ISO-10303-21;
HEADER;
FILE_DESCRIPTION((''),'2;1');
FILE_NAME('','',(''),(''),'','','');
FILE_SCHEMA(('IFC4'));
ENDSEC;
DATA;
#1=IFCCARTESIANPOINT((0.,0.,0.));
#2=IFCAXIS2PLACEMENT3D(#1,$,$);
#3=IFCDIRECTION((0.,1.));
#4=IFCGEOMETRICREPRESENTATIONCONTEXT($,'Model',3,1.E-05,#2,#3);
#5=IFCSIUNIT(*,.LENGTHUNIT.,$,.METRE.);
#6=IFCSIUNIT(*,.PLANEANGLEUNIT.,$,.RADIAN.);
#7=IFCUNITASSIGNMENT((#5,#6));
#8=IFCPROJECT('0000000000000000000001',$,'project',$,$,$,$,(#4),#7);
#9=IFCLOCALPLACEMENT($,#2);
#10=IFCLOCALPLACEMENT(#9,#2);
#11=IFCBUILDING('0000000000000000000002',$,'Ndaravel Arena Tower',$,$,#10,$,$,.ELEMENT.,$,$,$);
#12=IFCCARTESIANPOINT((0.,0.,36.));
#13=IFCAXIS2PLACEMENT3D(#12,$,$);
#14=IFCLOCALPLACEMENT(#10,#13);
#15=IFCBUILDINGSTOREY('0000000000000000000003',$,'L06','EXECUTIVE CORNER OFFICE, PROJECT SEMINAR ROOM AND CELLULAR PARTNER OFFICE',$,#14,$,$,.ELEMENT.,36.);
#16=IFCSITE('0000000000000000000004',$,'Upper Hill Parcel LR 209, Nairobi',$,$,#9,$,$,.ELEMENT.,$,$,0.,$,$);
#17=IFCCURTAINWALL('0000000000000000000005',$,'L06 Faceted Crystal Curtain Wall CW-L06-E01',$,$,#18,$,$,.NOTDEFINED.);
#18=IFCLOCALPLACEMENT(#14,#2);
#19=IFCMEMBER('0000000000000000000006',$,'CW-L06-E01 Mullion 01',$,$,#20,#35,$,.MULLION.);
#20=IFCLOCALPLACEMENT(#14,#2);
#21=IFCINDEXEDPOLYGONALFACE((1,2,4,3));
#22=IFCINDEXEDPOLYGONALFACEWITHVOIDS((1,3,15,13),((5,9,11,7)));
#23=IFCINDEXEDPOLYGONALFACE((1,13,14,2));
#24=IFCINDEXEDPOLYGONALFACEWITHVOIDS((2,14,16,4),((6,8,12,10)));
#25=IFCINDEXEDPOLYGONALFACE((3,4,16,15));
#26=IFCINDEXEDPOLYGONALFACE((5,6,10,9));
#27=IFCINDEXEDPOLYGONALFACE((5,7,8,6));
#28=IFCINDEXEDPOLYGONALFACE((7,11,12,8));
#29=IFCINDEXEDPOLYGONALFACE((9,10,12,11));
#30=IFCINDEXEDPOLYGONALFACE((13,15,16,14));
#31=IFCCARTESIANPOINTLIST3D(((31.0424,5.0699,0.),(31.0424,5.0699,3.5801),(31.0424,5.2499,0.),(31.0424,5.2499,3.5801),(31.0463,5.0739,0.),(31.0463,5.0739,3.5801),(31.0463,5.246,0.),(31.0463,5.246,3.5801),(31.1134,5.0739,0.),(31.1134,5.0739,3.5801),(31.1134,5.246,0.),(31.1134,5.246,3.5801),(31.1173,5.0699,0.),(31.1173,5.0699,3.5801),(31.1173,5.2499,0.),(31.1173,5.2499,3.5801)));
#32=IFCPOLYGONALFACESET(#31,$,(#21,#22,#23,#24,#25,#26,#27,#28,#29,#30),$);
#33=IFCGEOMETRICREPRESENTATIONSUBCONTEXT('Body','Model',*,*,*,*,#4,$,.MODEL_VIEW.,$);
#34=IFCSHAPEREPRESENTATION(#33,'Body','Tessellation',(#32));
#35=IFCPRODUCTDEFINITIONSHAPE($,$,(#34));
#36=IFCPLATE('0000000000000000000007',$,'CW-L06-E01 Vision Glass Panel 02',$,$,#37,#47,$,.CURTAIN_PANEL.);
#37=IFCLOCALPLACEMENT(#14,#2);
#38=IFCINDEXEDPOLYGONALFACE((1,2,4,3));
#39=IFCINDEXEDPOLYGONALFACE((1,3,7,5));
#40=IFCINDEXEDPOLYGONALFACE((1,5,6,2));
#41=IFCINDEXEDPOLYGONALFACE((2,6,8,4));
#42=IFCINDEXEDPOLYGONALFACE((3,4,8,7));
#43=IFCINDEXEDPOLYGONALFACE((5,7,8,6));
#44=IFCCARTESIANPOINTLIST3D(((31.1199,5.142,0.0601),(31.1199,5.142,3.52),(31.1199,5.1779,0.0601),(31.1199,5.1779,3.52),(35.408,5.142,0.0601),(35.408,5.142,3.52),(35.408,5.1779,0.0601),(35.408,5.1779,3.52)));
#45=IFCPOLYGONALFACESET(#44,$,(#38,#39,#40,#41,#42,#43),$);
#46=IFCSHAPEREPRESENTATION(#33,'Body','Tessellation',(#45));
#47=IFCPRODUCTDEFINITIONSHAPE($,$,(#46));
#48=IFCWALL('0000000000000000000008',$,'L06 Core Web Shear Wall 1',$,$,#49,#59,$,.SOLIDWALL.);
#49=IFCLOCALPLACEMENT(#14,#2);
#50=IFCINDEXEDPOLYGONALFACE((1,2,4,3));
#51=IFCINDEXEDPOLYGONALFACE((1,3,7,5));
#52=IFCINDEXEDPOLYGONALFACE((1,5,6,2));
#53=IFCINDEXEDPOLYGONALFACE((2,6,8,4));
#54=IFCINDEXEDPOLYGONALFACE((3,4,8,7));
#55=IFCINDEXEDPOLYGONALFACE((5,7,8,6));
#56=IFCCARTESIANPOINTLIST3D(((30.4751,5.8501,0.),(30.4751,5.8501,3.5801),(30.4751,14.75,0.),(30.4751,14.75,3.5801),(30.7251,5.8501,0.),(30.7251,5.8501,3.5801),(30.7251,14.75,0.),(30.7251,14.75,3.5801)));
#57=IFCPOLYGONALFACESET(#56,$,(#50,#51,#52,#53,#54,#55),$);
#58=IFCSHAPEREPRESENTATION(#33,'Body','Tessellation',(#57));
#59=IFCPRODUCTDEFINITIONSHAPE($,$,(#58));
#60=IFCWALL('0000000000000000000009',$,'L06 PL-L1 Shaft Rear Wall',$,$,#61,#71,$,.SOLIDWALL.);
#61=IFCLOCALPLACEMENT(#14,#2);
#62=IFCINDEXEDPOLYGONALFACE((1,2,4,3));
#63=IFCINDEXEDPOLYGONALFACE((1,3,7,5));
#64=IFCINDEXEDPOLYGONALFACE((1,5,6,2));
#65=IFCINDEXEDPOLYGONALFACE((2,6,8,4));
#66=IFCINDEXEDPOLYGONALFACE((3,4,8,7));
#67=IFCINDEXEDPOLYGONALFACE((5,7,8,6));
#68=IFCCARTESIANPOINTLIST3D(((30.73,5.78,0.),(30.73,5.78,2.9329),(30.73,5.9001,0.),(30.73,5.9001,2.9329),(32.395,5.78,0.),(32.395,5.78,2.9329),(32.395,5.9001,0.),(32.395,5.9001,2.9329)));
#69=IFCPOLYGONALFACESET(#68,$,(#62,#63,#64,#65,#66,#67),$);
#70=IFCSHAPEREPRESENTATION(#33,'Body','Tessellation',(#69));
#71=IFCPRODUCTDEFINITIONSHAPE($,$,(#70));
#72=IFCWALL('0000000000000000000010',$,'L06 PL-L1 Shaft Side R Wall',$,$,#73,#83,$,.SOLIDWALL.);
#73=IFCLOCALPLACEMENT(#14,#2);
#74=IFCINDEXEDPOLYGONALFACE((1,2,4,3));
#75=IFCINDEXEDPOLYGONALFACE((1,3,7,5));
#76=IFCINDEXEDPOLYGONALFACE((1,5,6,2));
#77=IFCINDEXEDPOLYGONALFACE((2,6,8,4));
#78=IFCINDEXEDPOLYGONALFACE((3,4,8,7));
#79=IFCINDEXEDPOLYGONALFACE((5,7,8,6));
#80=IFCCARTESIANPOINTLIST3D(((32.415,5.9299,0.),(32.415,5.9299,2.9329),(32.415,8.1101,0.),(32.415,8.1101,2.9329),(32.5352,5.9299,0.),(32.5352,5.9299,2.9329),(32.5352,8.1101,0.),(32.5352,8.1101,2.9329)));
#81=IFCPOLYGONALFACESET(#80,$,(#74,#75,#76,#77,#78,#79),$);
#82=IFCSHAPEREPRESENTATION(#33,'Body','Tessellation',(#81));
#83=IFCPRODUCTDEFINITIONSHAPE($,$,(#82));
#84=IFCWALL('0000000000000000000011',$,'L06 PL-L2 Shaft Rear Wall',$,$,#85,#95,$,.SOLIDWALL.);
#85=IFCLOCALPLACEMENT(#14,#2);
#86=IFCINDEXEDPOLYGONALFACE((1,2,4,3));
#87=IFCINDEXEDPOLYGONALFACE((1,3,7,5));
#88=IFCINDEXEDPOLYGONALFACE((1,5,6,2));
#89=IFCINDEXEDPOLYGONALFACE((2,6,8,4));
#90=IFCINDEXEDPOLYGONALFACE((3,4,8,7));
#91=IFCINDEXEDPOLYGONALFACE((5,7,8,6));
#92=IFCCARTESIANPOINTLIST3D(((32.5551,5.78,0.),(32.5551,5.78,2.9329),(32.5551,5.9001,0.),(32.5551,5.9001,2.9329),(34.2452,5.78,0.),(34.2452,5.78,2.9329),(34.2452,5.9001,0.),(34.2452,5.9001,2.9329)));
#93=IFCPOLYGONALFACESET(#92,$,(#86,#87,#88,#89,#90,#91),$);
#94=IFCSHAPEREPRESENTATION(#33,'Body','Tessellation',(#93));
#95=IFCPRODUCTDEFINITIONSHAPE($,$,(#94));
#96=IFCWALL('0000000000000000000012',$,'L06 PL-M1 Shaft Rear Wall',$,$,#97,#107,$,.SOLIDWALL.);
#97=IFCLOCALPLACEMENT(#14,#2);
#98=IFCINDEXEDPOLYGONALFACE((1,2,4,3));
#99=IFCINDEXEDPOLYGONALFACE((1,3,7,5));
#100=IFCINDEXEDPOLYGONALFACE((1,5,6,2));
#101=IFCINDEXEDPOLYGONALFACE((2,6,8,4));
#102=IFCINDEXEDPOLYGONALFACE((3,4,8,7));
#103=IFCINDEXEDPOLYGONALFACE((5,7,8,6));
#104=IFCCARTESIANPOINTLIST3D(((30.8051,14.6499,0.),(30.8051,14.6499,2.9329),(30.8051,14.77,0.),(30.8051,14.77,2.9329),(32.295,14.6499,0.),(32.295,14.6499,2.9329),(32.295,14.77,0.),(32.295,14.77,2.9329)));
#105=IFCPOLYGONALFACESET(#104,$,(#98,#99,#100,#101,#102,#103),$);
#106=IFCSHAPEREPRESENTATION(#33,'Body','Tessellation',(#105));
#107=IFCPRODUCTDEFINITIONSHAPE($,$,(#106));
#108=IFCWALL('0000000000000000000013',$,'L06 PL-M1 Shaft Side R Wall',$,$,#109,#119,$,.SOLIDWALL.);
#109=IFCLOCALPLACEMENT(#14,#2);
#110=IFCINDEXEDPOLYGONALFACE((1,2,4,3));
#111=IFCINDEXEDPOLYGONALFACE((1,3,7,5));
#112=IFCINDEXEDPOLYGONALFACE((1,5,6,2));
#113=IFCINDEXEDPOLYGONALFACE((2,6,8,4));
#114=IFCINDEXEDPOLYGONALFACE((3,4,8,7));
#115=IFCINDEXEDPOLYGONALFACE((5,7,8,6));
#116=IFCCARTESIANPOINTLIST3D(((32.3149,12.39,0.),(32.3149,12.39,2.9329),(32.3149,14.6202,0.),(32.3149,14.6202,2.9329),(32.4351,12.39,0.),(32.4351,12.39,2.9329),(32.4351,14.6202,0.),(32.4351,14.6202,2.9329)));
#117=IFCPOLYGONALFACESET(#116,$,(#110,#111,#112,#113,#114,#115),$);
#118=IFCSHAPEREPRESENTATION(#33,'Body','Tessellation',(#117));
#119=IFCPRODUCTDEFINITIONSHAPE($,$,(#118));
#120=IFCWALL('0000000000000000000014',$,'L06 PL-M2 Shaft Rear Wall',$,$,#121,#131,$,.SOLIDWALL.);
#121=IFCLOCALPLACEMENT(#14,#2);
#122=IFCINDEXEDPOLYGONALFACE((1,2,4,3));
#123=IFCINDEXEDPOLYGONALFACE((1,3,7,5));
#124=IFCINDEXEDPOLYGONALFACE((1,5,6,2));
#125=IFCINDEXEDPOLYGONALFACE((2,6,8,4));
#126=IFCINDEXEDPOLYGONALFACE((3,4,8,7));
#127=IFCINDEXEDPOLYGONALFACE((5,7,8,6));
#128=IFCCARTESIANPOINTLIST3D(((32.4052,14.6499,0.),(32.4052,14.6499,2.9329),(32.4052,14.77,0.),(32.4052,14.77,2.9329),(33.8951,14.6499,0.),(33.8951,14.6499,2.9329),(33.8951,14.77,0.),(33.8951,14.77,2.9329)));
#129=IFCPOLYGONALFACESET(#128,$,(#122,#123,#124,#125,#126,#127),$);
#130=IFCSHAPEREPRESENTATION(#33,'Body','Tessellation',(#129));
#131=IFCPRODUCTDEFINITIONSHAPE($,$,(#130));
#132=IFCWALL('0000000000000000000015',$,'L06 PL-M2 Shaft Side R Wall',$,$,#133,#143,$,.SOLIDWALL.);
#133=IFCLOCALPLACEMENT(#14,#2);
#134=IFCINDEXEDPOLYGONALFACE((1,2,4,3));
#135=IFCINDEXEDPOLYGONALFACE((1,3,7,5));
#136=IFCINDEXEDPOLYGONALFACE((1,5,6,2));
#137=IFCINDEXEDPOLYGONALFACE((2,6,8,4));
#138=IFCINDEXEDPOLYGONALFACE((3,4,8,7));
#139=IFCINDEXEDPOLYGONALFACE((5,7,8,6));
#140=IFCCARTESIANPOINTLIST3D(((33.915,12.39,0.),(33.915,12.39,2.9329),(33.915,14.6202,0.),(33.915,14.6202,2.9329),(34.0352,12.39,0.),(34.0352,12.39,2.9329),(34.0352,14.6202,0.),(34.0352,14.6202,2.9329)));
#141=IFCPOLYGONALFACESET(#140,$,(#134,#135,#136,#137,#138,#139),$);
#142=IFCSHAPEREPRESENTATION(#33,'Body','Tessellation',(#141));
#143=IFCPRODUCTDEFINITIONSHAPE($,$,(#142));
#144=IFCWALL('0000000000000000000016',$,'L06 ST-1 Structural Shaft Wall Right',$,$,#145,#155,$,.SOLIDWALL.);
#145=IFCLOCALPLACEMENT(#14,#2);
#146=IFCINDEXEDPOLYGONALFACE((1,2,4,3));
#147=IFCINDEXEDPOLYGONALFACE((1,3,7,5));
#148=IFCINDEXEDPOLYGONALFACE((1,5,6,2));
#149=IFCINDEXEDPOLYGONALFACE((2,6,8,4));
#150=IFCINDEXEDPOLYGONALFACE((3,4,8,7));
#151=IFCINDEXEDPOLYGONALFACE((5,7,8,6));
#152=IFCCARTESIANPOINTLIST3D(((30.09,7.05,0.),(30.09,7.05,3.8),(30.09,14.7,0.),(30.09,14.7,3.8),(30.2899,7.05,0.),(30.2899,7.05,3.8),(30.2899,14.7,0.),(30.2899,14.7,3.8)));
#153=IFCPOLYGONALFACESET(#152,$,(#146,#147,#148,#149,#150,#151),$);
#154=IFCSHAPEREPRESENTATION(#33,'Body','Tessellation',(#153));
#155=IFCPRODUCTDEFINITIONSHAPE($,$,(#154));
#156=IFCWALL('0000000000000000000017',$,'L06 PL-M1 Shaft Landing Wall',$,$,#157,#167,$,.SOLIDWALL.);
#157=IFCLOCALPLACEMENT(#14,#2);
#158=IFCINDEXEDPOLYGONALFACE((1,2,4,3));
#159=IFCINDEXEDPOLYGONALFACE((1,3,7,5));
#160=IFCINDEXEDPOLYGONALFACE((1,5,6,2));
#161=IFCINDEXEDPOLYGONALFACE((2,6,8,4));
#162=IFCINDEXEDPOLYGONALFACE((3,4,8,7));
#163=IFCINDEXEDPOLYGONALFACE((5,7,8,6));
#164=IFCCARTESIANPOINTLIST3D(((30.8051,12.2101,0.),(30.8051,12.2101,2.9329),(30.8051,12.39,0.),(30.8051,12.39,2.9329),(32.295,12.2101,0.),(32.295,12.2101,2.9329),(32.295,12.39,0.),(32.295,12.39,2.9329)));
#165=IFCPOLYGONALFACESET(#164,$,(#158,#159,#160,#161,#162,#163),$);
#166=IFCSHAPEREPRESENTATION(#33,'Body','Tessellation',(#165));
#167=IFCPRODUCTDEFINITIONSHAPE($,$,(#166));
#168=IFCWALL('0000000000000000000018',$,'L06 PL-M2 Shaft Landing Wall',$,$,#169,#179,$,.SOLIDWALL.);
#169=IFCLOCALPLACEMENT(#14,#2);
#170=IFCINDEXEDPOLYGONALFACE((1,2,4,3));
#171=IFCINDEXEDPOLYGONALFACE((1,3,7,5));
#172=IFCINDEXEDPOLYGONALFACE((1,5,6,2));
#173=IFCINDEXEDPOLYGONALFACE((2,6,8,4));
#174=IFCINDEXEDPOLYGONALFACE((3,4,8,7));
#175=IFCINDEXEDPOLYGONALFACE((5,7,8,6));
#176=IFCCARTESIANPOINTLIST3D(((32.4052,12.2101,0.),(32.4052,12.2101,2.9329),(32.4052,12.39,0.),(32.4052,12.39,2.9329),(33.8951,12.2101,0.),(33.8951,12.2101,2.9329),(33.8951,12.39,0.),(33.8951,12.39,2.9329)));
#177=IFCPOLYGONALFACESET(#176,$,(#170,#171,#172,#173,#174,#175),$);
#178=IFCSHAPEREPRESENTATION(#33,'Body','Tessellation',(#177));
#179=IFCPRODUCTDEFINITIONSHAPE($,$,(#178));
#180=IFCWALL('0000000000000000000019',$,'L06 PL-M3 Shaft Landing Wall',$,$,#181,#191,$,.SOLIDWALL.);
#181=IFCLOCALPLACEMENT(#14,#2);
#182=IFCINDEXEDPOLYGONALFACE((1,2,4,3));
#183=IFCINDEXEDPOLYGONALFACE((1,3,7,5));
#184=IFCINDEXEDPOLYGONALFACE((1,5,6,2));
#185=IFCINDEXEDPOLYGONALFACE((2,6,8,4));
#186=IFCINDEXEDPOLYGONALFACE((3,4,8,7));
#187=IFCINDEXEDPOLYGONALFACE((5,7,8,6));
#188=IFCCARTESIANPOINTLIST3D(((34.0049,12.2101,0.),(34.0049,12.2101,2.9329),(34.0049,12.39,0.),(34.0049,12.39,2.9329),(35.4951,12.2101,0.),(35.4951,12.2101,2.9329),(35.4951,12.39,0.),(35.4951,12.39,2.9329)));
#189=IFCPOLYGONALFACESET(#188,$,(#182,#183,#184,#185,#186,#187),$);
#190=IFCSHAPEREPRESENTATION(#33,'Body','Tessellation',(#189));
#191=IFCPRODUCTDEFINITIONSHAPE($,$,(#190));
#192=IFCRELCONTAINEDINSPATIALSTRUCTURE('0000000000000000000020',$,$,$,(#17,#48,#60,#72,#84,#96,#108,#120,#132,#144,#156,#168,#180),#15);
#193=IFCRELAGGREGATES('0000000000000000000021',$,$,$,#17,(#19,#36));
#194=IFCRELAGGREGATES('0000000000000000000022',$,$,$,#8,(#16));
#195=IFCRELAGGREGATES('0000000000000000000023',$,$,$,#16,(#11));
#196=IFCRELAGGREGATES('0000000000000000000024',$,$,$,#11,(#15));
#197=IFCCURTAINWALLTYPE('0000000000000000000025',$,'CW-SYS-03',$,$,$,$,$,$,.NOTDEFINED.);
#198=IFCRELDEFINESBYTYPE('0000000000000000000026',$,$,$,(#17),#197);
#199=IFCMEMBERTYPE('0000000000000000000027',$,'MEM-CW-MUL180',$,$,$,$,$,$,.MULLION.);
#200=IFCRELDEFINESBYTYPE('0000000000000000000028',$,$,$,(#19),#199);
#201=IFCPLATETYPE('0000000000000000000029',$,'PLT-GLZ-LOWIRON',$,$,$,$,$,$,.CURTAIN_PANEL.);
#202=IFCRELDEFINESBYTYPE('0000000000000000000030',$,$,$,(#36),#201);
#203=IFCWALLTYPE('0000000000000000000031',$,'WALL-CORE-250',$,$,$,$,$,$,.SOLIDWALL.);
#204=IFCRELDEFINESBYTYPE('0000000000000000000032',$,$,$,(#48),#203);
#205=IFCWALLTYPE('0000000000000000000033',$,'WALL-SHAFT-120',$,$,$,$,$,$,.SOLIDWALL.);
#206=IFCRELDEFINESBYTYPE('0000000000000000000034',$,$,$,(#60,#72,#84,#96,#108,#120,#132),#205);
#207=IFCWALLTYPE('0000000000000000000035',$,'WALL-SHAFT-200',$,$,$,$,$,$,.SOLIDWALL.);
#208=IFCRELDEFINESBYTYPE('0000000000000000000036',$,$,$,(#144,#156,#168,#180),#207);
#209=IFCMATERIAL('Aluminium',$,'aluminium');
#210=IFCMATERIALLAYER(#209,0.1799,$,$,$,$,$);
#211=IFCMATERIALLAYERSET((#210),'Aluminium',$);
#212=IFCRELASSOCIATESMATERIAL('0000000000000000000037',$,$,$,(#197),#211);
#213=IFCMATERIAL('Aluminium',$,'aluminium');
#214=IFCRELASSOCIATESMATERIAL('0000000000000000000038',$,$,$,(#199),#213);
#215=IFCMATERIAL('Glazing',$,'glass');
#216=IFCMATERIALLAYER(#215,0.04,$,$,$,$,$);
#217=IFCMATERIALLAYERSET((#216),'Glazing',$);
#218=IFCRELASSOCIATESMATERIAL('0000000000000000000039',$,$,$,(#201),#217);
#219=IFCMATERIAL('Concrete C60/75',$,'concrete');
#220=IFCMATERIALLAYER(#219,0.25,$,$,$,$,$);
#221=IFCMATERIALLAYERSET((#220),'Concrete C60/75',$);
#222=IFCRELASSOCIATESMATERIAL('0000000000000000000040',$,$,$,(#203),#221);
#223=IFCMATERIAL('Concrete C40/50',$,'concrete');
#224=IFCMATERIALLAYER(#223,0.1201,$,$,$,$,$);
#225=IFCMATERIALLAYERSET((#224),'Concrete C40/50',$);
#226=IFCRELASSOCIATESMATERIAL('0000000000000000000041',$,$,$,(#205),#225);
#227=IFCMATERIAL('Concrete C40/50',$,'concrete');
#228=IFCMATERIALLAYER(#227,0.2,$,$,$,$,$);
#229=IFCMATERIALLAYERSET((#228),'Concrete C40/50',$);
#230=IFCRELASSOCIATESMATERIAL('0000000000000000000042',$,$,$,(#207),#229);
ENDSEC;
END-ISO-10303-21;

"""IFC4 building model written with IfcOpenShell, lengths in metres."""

from ifc_helpers import new_model, si_unit, direction, frame, frame_2d, origin, origin_2d, place, context, subcontext, project, spatial, rectangle, hollow_rectangle, extrude, material, layer, layer_set, material_profile, profile_set, type_object, element, aggregate, save


model = new_model("IFC4")

# Units and contexts
model_context = context("Model", 3, precision=1e-05, world=origin(), true_north=direction((0.0, 1.0)))
body_context = subcontext(model_context, "Body", "Model", "MODEL_VIEW")
ifc_project = project(units=[si_unit("LENGTHUNIT", "METRE"), si_unit("PLANEANGLEUNIT", "RADIAN")], contexts=[model_context])

# Site, building, storey
site_placement = place(None, origin())
site = spatial("IfcSite", under=ifc_project, at=site_placement, Name="Upper Hill Parcel LR 209, Nairobi", CompositionType="ELEMENT", RefElevation=0.0)
building_placement = place(site_placement, origin())
building = spatial("IfcBuilding", under=site, at=building_placement, Name="Ndaravel Arena Tower", CompositionType="ELEMENT")
storey_placement = place(building_placement, frame((0.0, 0.0, 36.0)))
storey = spatial("IfcBuildingStorey", under=building, at=storey_placement, Name="L06", Description="EXECUTIVE CORNER OFFICE, PROJECT SEMINAR ROOM AND CELLULAR PARTNER OFFICE", CompositionType="ELEMENT", Elevation=36.0)

# Curtain wall, member, plate
ifc_material_1 = material(Name="Aluminium", Category="aluminium")
ifc_layer_1 = layer(ifc_material_1, 0.1799)
ifc_layer_set_1 = layer_set([ifc_layer_1], Name="Aluminium")
curtain_wall_type = type_object("IfcCurtainWallType", Name="CW-SYS-03", PredefinedType="NOTDEFINED", material=ifc_layer_set_1)
curtain_wall_placement = place(storey_placement, origin())
curtain_wall = element("IfcCurtainWall", 1, at=curtain_wall_placement, inside=storey, type_object=curtain_wall_type, Name="L06 Faceted Crystal Curtain Wall CW-L06-E01", PredefinedType="NOTDEFINED")
ifc_material_2 = material(Name="Aluminium", Category="aluminium")
ifc_material_profile = material_profile(ifc_material_2, hollow_rectangle(XDim=0.075, YDim=0.1799, WallThickness=0.0039, at=origin_2d()), Name="CW MULLION 75x180x4")
ifc_profile_set = profile_set([ifc_material_profile], Name="Aluminium")
member_type = type_object("IfcMemberType", Name="MEM-CW-MUL180", PredefinedType="MULLION", material=ifc_profile_set)
member_placement = place(storey_placement, frame((31.0798, 5.1599, 0.0), z_axis=(0.0, 0.0, 1.0), x_axis=(1.0, 0.0, 0.0)))
member = element("IfcMember", 2, at=member_placement, type_object=member_type, Name="CW-L06-E01 Mullion 01", PredefinedType="MULLION", context=body_context, shape_type="SweptSolid", body=[
    extrude(hollow_rectangle(XDim=0.075, YDim=0.1799, WallThickness=0.0039, at=origin_2d()), origin(), (0.0, 0.0, 1.0), 3.5801),
])
ifc_material_3 = material(Name="Glazing", Category="glass")
ifc_layer_2 = layer(ifc_material_3, 0.04)
ifc_layer_set_2 = layer_set([ifc_layer_2], Name="Glazing")
plate_type = type_object("IfcPlateType", Name="PLT-GLZ-LOWIRON", PredefinedType="CURTAIN_PANEL", material=ifc_layer_set_2)
plate_placement = place(storey_placement, frame((33.2639, 5.1599, 0.0601), z_axis=(0.0, 0.0, 1.0), x_axis=(1.0, 0.0, 0.0)))
plate = element("IfcPlate", 3, at=plate_placement, type_object=plate_type, Name="CW-L06-E01 Vision Glass Panel 02", PredefinedType="CURTAIN_PANEL", context=body_context, shape_type="SweptSolid", body=[
    extrude(rectangle(XDim=4.2881, YDim=0.0359, at=origin_2d()), origin(), (0.0, 0.0, 1.0), 3.46),
])
aggregate(curtain_wall, [member, plate])

# Walls
ifc_material_4 = material(Name="Concrete C60/75", Category="concrete")
ifc_layer_3 = layer(ifc_material_4, 0.25)
ifc_layer_set_3 = layer_set([ifc_layer_3], Name="Concrete C60/75")
wall_type_1 = type_object("IfcWallType", Name="WALL-CORE-250", PredefinedType="SOLIDWALL", material=ifc_layer_set_3)
wall_1_placement = place(storey_placement, frame((30.6001, 5.8501, 0.0), z_axis=(0.0, 0.0, 1.0), x_axis=(0.0, 1.0, 0.0)))
element("IfcWall", 4, at=wall_1_placement, inside=storey, type_object=wall_type_1, Name="L06 Core Web Shear Wall 1", PredefinedType="SOLIDWALL", context=body_context, shape_type="SweptSolid", body=[
    extrude(rectangle(XDim=8.8999, YDim=0.25, at=frame_2d((4.45, 0.0))), origin(), (0.0, 0.0, 1.0), 3.5801),
])
ifc_material_5 = material(Name="Concrete C40/50", Category="concrete")
ifc_layer_4 = layer(ifc_material_5, 0.1201)
ifc_layer_set_4 = layer_set([ifc_layer_4], Name="Concrete C40/50")
wall_type_2 = type_object("IfcWallType", Name="WALL-SHAFT-120", PredefinedType="SOLIDWALL", material=ifc_layer_set_4)
wall_2_placement = place(storey_placement, frame((30.73, 5.8401, 0.0), z_axis=(0.0, 0.0, 1.0), x_axis=(1.0, 0.0, 0.0)))
element("IfcWall", 5, at=wall_2_placement, inside=storey, type_object=wall_type_2, Name="L06 PL-L1 Shaft Rear Wall", PredefinedType="SOLIDWALL", context=body_context, shape_type="SweptSolid", body=[
    extrude(rectangle(XDim=1.665, YDim=0.1201, at=frame_2d((0.8325, 0.0))), origin(), (0.0, 0.0, 1.0), 2.9329),
])
wall_3_placement = place(storey_placement, frame((32.4751, 5.9299, 0.0), z_axis=(0.0, 0.0, 1.0), x_axis=(0.0, 1.0, 0.0)))
element("IfcWall", 6, at=wall_3_placement, inside=storey, type_object=wall_type_2, Name="L06 PL-L1 Shaft Side R Wall", PredefinedType="SOLIDWALL", context=body_context, shape_type="SweptSolid", body=[
    extrude(rectangle(XDim=2.1802, YDim=0.1201, at=frame_2d((1.0901, 0.0))), origin(), (0.0, 0.0, 1.0), 2.9329),
])
wall_4_placement = place(storey_placement, frame((32.5549, 5.8401, 0.0), z_axis=(0.0, 0.0, 1.0), x_axis=(1.0, 0.0, 0.0)))
element("IfcWall", 7, at=wall_4_placement, inside=storey, type_object=wall_type_2, Name="L06 PL-L2 Shaft Rear Wall", PredefinedType="SOLIDWALL", context=body_context, shape_type="SweptSolid", body=[
    extrude(rectangle(XDim=1.6902, YDim=0.1201, at=frame_2d((0.8452, 0.0))), origin(), (0.0, 0.0, 1.0), 2.9329),
])
wall_5_placement = place(storey_placement, frame((30.8049, 14.71, 0.0), z_axis=(0.0, 0.0, 1.0), x_axis=(1.0, 0.0, 0.0)))
element("IfcWall", 8, at=wall_5_placement, inside=storey, type_object=wall_type_2, Name="L06 PL-M1 Shaft Rear Wall", PredefinedType="SOLIDWALL", context=body_context, shape_type="SweptSolid", body=[
    extrude(rectangle(XDim=1.49, YDim=0.1201, at=frame_2d((0.7451, 0.0))), origin(), (0.0, 0.0, 1.0), 2.9329),
])
wall_6_placement = place(storey_placement, frame((32.375, 12.3899, 0.0), z_axis=(0.0, 0.0, 1.0), x_axis=(0.0, 1.0, 0.0)))
element("IfcWall", 9, at=wall_6_placement, inside=storey, type_object=wall_type_2, Name="L06 PL-M1 Shaft Side R Wall", PredefinedType="SOLIDWALL", context=body_context, shape_type="SweptSolid", body=[
    extrude(rectangle(XDim=2.2302, YDim=0.1201, at=frame_2d((1.1152, 0.0))), origin(), (0.0, 0.0, 1.0), 2.9329),
])
wall_7_placement = place(storey_placement, frame((32.405, 14.71, 0.0), z_axis=(0.0, 0.0, 1.0), x_axis=(1.0, 0.0, 0.0)))
element("IfcWall", 10, at=wall_7_placement, inside=storey, type_object=wall_type_2, Name="L06 PL-M2 Shaft Rear Wall", PredefinedType="SOLIDWALL", context=body_context, shape_type="SweptSolid", body=[
    extrude(rectangle(XDim=1.49, YDim=0.1201, at=frame_2d((0.7451, 0.0))), origin(), (0.0, 0.0, 1.0), 2.9329),
])
wall_8_placement = place(storey_placement, frame((33.9751, 12.3899, 0.0), z_axis=(0.0, 0.0, 1.0), x_axis=(0.0, 1.0, 0.0)))
element("IfcWall", 11, at=wall_8_placement, inside=storey, type_object=wall_type_2, Name="L06 PL-M2 Shaft Side R Wall", PredefinedType="SOLIDWALL", context=body_context, shape_type="SweptSolid", body=[
    extrude(rectangle(XDim=2.2302, YDim=0.1201, at=frame_2d((1.1152, 0.0))), origin(), (0.0, 0.0, 1.0), 2.9329),
])
ifc_material_6 = material(Name="Concrete C40/50", Category="concrete")
ifc_layer_5 = layer(ifc_material_6, 0.2)
ifc_layer_set_5 = layer_set([ifc_layer_5], Name="Concrete C40/50")
wall_type_3 = type_object("IfcWallType", Name="WALL-SHAFT-200", PredefinedType="SOLIDWALL", material=ifc_layer_set_5)
wall_9_placement = place(storey_placement, frame((30.1899, 14.7, 0.0), z_axis=(0.0, 0.0, 1.0), x_axis=(0.0, -1.0, 0.0)))
element("IfcWall", 12, at=wall_9_placement, inside=storey, type_object=wall_type_3, Name="L06 ST-1 Structural Shaft Wall Right", PredefinedType="SOLIDWALL", context=body_context, shape_type="SweptSolid", body=[
    extrude(rectangle(XDim=7.6499, YDim=0.2, at=frame_2d((3.825, 0.0))), origin(), (0.0, 0.0, 1.0), 3.8),
])

# Walls
for number, where, z_axis, x_axis, name in (
    (13, (30.8049, 12.3, 0.0), (0.0, 0.0, 1.0), (1.0, 0.0, 0.0), "L06 PL-M1 Shaft Landing Wall"),
    (14, (32.405, 12.3, 0.0), (0.0, 0.0, 1.0), (1.0, 0.0, 0.0), "L06 PL-M2 Shaft Landing Wall"),
):
    element("IfcWall", number, at=place(storey_placement, frame(where, z_axis=z_axis, x_axis=x_axis)), inside=storey, type_object=wall_type_3, Name=name, PredefinedType="SOLIDWALL", context=body_context, shape_type="SweptSolid", body=[
        extrude(rectangle(XDim=1.49, YDim=0.1799, at=frame_2d((0.7451, 0.0))), origin(), (0.0, 0.0, 1.0), 2.9329),
    ])
wall_10_placement = place(storey_placement, frame((34.0049, 12.3, 0.0), z_axis=(0.0, 0.0, 1.0), x_axis=(1.0, 0.0, 0.0)))
element("IfcWall", 15, at=wall_10_placement, inside=storey, type_object=wall_type_3, Name="L06 PL-M3 Shaft Landing Wall", PredefinedType="SOLIDWALL", context=body_context, shape_type="SweptSolid", body=[
    extrude(rectangle(XDim=1.4902, YDim=0.1799, at=frame_2d((0.7451, 0.0))), origin(), (0.0, 0.0, 1.0), 2.9329),
])

save(model, "model.ifc")
